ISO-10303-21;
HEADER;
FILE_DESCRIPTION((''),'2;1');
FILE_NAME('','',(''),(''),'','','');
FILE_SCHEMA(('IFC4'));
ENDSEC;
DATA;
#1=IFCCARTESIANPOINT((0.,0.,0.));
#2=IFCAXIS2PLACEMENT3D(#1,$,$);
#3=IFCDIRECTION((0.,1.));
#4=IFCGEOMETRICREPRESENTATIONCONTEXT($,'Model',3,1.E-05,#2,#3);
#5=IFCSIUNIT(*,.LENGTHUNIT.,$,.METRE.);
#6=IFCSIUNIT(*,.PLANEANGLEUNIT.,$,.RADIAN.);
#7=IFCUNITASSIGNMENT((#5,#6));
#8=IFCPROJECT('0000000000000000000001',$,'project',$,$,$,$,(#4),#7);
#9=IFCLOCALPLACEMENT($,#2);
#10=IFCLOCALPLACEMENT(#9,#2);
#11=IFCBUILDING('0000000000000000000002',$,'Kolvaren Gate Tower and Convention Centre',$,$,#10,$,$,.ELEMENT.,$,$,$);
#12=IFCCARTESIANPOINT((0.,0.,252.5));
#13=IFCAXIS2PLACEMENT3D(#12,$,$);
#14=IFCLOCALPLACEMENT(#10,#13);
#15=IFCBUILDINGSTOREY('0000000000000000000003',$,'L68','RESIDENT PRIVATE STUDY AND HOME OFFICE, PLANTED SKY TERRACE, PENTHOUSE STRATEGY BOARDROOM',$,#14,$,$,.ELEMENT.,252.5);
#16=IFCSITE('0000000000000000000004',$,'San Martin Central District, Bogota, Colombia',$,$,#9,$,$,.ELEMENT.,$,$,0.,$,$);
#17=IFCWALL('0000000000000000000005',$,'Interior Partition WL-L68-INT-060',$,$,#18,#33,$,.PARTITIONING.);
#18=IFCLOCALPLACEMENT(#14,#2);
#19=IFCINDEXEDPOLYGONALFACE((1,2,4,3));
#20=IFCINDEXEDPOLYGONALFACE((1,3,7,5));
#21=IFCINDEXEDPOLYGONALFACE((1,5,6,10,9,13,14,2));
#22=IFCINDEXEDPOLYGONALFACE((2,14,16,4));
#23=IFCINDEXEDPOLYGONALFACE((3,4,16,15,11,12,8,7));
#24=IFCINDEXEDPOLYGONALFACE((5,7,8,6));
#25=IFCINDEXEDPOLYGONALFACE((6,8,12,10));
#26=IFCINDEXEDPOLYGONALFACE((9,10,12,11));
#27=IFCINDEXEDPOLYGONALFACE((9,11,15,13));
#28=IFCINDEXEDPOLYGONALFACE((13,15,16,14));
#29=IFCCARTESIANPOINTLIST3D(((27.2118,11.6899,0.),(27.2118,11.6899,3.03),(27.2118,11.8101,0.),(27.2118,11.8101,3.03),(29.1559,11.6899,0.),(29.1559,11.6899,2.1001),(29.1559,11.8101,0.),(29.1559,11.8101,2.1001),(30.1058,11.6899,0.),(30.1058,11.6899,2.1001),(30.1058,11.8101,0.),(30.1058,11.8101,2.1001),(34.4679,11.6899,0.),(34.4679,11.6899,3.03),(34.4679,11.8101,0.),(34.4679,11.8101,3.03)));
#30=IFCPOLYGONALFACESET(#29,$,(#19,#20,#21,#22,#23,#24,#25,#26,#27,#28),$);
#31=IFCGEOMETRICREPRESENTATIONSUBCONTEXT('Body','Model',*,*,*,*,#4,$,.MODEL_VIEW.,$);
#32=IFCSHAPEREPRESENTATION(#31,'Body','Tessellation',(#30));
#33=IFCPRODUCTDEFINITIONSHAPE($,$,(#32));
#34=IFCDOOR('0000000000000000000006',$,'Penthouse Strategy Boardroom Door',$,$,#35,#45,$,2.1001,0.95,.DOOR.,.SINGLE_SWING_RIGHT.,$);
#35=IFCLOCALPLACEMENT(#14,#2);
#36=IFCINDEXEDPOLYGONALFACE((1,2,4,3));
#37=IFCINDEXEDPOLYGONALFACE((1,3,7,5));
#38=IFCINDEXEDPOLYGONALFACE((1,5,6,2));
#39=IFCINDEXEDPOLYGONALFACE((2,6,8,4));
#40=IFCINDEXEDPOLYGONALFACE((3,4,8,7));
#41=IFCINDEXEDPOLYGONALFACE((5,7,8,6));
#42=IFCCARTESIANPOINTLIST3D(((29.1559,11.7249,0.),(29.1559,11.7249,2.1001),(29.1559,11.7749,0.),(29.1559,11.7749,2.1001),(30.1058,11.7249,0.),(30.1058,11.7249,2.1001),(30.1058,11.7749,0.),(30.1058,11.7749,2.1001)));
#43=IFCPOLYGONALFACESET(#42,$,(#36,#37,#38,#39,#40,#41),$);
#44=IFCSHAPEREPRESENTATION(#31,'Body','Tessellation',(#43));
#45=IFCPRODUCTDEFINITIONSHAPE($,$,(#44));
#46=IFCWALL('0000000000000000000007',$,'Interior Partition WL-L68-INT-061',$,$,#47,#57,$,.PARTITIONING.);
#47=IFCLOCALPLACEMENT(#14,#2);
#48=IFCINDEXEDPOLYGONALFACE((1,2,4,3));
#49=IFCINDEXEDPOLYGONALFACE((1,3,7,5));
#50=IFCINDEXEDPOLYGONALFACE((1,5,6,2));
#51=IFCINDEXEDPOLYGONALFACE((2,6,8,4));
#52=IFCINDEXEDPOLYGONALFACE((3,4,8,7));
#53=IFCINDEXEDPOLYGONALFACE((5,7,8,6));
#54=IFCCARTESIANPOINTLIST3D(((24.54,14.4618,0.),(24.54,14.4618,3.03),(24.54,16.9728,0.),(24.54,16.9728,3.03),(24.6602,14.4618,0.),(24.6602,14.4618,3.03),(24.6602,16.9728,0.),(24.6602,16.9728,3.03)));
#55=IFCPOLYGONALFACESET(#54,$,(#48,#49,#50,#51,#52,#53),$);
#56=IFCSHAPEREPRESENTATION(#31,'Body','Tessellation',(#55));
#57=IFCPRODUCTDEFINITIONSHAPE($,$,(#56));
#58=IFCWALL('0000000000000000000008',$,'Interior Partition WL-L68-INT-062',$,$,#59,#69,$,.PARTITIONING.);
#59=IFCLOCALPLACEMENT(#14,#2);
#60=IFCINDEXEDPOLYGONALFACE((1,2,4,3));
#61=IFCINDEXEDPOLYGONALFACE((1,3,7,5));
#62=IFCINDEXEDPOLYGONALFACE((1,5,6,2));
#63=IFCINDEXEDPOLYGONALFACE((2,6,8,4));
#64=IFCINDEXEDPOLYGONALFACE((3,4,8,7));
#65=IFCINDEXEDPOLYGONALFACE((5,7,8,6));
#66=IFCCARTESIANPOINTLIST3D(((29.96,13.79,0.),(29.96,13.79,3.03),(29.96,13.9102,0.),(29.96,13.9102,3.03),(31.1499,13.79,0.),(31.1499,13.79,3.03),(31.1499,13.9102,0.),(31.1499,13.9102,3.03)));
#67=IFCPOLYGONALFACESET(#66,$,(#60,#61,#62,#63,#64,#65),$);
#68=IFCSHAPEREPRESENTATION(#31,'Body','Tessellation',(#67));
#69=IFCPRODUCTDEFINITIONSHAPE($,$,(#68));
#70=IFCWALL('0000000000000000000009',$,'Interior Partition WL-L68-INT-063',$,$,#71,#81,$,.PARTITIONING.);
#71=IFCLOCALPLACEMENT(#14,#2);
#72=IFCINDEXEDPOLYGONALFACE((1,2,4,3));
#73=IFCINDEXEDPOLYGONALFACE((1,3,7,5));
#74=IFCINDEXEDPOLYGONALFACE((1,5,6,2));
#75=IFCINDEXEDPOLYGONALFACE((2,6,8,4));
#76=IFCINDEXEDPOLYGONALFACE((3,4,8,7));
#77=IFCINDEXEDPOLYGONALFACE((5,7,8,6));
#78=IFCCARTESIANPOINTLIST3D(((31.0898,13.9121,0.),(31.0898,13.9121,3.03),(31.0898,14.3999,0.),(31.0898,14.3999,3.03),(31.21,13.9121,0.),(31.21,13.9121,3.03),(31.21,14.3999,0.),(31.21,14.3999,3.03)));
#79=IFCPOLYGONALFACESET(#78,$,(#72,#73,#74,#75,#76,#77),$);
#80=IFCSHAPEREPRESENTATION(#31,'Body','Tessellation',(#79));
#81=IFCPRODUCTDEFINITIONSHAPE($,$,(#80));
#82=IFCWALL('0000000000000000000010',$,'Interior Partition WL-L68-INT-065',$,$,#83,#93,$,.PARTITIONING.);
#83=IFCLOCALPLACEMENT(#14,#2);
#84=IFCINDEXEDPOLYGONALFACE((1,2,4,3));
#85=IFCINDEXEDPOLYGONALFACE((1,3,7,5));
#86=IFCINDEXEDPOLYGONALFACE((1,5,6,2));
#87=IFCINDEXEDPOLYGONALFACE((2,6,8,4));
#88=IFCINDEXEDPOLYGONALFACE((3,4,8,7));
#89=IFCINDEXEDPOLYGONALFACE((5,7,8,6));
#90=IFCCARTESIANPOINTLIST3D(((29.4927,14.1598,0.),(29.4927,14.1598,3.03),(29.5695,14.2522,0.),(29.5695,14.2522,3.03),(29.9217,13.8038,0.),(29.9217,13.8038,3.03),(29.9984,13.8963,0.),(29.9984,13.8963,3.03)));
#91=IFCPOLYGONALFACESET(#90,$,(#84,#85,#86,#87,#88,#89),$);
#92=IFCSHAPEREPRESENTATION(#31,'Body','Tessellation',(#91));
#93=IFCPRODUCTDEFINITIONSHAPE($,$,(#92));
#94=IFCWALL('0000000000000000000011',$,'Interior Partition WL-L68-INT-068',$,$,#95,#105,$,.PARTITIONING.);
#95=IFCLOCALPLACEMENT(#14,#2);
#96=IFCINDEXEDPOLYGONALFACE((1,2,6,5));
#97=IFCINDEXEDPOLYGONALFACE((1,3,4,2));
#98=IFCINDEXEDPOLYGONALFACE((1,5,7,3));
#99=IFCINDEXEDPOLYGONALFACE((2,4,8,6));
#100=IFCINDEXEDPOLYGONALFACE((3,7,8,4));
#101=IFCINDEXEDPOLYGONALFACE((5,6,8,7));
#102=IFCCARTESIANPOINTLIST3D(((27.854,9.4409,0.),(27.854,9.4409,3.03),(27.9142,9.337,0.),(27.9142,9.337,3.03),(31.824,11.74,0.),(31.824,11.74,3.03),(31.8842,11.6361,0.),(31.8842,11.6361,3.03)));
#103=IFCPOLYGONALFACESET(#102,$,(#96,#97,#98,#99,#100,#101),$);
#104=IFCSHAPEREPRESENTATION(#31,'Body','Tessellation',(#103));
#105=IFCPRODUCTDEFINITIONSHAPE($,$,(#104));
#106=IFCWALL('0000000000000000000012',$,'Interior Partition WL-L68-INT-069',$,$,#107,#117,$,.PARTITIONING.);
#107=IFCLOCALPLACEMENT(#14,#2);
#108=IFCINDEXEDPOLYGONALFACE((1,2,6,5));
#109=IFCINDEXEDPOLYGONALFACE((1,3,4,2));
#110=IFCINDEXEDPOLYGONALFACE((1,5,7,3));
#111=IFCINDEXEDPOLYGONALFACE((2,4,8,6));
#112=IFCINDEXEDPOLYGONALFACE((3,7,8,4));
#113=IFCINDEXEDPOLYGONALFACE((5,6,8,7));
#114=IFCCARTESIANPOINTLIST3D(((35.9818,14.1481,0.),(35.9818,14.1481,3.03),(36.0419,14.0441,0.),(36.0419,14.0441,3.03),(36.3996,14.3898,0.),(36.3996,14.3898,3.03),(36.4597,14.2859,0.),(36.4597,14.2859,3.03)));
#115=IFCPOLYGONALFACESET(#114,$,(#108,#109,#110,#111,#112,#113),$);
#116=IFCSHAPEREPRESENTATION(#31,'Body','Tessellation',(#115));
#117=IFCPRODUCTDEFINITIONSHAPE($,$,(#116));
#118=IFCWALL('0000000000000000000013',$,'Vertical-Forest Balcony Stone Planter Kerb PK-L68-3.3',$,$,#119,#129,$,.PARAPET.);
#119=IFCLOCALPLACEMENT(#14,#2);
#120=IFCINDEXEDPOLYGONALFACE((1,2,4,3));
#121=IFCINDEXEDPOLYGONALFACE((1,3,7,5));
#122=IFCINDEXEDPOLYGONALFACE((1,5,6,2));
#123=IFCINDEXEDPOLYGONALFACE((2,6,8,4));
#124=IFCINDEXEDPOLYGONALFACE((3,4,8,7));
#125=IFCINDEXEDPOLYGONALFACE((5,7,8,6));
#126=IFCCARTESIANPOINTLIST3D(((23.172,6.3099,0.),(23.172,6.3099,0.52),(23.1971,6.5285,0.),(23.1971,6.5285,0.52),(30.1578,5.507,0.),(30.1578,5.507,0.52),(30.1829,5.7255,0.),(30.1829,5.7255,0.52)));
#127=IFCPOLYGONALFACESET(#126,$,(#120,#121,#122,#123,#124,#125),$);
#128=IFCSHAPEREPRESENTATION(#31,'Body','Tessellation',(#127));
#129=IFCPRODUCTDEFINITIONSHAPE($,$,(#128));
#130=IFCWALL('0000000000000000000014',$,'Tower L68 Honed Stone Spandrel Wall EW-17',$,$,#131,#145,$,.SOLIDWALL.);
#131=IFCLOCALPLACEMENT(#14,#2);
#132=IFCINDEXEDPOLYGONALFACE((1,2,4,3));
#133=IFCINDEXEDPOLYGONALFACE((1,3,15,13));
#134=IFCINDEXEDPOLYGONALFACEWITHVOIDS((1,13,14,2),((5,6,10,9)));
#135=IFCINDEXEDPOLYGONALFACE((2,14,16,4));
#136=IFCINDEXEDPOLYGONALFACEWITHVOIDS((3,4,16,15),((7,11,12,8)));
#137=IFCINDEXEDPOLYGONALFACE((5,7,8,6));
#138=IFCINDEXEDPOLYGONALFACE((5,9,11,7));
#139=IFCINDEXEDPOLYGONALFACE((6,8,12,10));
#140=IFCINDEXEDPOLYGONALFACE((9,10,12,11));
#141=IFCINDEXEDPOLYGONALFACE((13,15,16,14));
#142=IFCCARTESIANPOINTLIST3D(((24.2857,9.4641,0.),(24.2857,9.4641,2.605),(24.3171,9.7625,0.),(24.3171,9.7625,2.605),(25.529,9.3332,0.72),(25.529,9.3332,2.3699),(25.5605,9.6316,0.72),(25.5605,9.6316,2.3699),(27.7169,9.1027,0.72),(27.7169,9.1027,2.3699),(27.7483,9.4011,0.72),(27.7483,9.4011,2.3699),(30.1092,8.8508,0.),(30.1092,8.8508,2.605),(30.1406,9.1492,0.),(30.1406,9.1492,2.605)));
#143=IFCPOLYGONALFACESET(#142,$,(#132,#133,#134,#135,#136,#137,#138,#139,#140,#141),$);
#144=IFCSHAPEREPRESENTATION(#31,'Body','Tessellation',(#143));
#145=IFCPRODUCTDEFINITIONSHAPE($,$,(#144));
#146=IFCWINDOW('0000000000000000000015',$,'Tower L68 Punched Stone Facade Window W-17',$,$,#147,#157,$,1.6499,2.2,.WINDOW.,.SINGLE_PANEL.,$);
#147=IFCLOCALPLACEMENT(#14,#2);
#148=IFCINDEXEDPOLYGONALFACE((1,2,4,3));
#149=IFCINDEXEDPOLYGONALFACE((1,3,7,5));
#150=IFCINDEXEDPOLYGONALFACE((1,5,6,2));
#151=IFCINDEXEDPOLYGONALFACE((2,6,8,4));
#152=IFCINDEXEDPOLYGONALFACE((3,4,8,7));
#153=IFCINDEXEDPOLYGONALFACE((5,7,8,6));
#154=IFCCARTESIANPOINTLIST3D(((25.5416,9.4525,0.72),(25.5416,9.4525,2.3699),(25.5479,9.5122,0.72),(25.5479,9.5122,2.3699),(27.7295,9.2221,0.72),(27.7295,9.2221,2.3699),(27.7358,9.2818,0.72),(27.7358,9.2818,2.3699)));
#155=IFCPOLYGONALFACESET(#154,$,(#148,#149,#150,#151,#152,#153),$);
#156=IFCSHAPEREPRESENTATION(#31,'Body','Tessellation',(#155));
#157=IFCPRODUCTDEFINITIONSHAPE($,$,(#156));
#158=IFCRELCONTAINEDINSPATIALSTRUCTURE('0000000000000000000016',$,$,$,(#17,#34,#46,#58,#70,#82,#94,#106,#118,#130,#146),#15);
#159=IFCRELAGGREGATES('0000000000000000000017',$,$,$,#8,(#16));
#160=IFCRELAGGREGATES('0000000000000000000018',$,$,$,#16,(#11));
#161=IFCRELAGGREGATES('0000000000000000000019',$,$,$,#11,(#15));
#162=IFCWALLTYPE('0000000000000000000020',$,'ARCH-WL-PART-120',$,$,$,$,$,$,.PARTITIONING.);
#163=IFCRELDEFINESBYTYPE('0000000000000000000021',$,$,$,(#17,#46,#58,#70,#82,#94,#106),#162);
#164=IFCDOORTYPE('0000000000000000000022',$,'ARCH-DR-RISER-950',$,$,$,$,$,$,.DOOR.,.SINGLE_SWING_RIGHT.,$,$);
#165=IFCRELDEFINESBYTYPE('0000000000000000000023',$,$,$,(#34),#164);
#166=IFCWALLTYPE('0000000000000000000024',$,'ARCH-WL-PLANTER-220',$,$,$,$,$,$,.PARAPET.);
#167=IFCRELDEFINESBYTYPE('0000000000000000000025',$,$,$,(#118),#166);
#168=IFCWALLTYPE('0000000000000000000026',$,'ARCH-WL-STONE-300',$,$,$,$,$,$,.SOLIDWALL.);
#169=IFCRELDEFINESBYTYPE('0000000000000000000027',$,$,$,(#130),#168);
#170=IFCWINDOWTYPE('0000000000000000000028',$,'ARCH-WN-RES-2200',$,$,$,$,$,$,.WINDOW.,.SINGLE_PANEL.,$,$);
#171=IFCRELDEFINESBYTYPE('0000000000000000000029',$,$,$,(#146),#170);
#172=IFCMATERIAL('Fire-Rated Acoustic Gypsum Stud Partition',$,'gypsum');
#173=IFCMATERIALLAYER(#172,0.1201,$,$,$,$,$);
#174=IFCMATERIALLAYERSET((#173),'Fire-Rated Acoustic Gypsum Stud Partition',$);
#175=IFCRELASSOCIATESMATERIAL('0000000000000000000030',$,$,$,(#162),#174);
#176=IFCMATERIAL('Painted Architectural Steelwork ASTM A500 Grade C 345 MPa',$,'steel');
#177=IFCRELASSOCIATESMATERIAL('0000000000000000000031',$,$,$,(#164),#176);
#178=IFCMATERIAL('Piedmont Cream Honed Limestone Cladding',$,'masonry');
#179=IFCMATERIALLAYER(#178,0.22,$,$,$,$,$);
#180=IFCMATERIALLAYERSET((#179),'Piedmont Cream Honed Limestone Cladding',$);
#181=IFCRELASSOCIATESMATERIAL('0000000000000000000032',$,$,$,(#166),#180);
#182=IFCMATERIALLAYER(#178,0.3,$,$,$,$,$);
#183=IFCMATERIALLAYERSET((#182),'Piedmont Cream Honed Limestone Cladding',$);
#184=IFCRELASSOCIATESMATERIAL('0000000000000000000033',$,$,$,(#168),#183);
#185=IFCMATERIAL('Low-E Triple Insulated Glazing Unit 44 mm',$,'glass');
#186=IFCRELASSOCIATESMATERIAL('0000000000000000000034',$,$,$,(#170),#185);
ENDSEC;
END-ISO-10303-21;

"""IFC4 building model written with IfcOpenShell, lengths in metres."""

from ifc_helpers import new_model, si_unit, direction, frame, frame_2d, origin, place, context, subcontext, project, spatial, rectangle, extrude, material, layer, layer_set, type_object, element, fill, save


model = new_model("IFC4")

# Units and contexts
model_context = context("Model", 3, precision=1e-05, world=origin(), true_north=direction((0.0, 1.0)))
body_context = subcontext(model_context, "Body", "Model", "MODEL_VIEW")
ifc_project = project(units=[si_unit("LENGTHUNIT", "METRE"), si_unit("PLANEANGLEUNIT", "RADIAN")], contexts=[model_context])

# Site, building, storey
site_placement = place(None, origin())
site = spatial("IfcSite", under=ifc_project, at=site_placement, Name="San Martin Central District, Bogota, Colombia", CompositionType="ELEMENT", RefElevation=0.0)
building_placement = place(site_placement, origin())
building = spatial("IfcBuilding", under=site, at=building_placement, Name="Kolvaren Gate Tower and Convention Centre", CompositionType="ELEMENT")
storey_placement = place(building_placement, frame((0.0, 0.0, 252.5)))
storey = spatial("IfcBuildingStorey", under=building, at=storey_placement, Name="L68", Description="RESIDENT PRIVATE STUDY AND HOME OFFICE, PLANTED SKY TERRACE, PENTHOUSE STRATEGY BOARDROOM", CompositionType="ELEMENT", Elevation=252.5)

# Shared definitions
ifc_material_1 = material(Name="Fire-Rated Acoustic Gypsum Stud Partition", Category="gypsum")
ifc_layer_1 = layer(ifc_material_1, 0.1201)
ifc_layer_set_1 = layer_set([ifc_layer_1], Name="Fire-Rated Acoustic Gypsum Stud Partition")
wall_type_1 = type_object("IfcWallType", Name="ARCH-WL-PART-120", PredefinedType="PARTITIONING", material=ifc_layer_set_1)

# Wall, opening, door
wall_1_placement = place(storey_placement, frame((27.2119, 11.75, 0.0), z_axis=(0.0, 0.0, 1.0), x_axis=(1.0, 0.0, 0.0)))
wall_1 = element("IfcWall", 1, at=wall_1_placement, inside=storey, type_object=wall_type_1, Name="Interior Partition WL-L68-INT-060", PredefinedType="PARTITIONING", context=body_context, shape_type="SweptSolid", body=[
    extrude(rectangle(XDim=7.2561, YDim=0.1201, at=frame_2d((3.6279, 0.0))), origin(), (0.0, 0.0, 1.0), 3.03),
])
opening_1_placement = place(wall_1_placement, frame((1.9438, 0.0, 0.0)))
opening_1 = element("IfcOpeningElement", 2, at=opening_1_placement, cuts=wall_1, PredefinedType="OPENING", context=body_context, shape_type="SweptSolid", body=[
    extrude(rectangle(XDim=0.95, YDim=2.1001, at=frame_2d((0.4751, 1.05))), frame((0.0, 0.0701, 0.0), z_axis=(0.0, -1.0, 0.0), x_axis=(1.0, 0.0, 0.0)), (0.0, 0.0, 1.0), 0.1401),
])
ifc_material_2 = material(Name="Painted Architectural Steelwork ASTM A500 Grade C 345 MPa", Category="steel")
door_type = type_object("IfcDoorType", Name="ARCH-DR-RISER-950", OperationType="SINGLE_SWING_RIGHT", PredefinedType="DOOR", material=ifc_material_2)
door_placement = place(opening_1_placement, origin())
door = element("IfcDoor", 3, at=door_placement, inside=storey, type_object=door_type, Name="Penthouse Strategy Boardroom Door", OperationType="SINGLE_SWING_RIGHT", OverallHeight=2.1001, OverallWidth=0.95, PredefinedType="DOOR", context=body_context, shape_type="SweptSolid", body=[
    extrude(rectangle(XDim=0.95, YDim=2.1001, at=frame_2d((0.4751, 1.05))), frame((0.0, 0.0249, 0.0), z_axis=(0.0, -1.0, 0.0), x_axis=(1.0, 0.0, 0.0)), (0.0, 0.0, 1.0), 0.05),
])
fill(opening_1, door)

# Walls
wall_2_placement = place(storey_placement, frame((24.6001, 14.4619, 0.0), z_axis=(0.0, 0.0, 1.0), x_axis=(0.0, 1.0, 0.0)))
element("IfcWall", 4, at=wall_2_placement, inside=storey, type_object=wall_type_1, Name="Interior Partition WL-L68-INT-061", PredefinedType="PARTITIONING", context=body_context, shape_type="SweptSolid", body=[
    extrude(rectangle(XDim=2.511, YDim=0.1201, at=frame_2d((1.2554, 0.0))), origin(), (0.0, 0.0, 1.0), 3.03),
])
wall_3_placement = place(storey_placement, frame((29.96, 13.8501, 0.0), z_axis=(0.0, 0.0, 1.0), x_axis=(1.0, 0.0, 0.0)))
element("IfcWall", 5, at=wall_3_placement, inside=storey, type_object=wall_type_1, Name="Interior Partition WL-L68-INT-062", PredefinedType="PARTITIONING", context=body_context, shape_type="SweptSolid", body=[
    extrude(rectangle(XDim=1.1899, YDim=0.1201, at=frame_2d((0.595, 0.0))), origin(), (0.0, 0.0, 1.0), 3.03),
])
wall_4_placement = place(storey_placement, frame((31.1499, 13.9121, 0.0), z_axis=(0.0, 0.0, 1.0), x_axis=(0.0, 1.0, 0.0)))
element("IfcWall", 6, at=wall_4_placement, inside=storey, type_object=wall_type_1, Name="Interior Partition WL-L68-INT-063", PredefinedType="PARTITIONING", context=body_context, shape_type="SweptSolid", body=[
    extrude(rectangle(XDim=0.4878, YDim=0.1201, at=frame_2d((0.2439, 0.0))), origin(), (0.0, 0.0, 1.0), 3.03),
])
wall_5_placement = place(storey_placement, frame((29.531, 14.2061, 0.0), z_axis=(0.0, 0.0, 1.0), x_axis=(0.769548, -0.638589, 0.0)))
element("IfcWall", 7, at=wall_5_placement, inside=storey, type_object=wall_type_1, Name="Interior Partition WL-L68-INT-065", PredefinedType="PARTITIONING", context=body_context, shape_type="SweptSolid", body=[
    extrude(rectangle(XDim=0.5574, YDim=0.1201, at=frame_2d((0.2788, 0.0))), origin(), (0.0, 0.0, 1.0), 3.03),
])
wall_6_placement = place(storey_placement, frame((27.884, 9.3889, 0.0), z_axis=(0.0, 0.0, 1.0), x_axis=(0.865363, 0.501145, 0.0)))
element("IfcWall", 8, at=wall_6_placement, inside=storey, type_object=wall_type_1, Name="Interior Partition WL-L68-INT-068", PredefinedType="PARTITIONING", context=body_context, shape_type="SweptSolid", body=[
    extrude(rectangle(XDim=4.5876, YDim=0.1201, at=frame_2d((2.2939, 0.0))), origin(), (0.0, 0.0, 1.0), 3.03),
])
wall_7_placement = place(storey_placement, frame((36.012, 14.0962, 0.0), z_axis=(0.0, 0.0, 1.0), x_axis=(0.865553, 0.500817, 0.0)))
element("IfcWall", 9, at=wall_7_placement, inside=storey, type_object=wall_type_1, Name="Interior Partition WL-L68-INT-069", PredefinedType="PARTITIONING", context=body_context, shape_type="SweptSolid", body=[
    extrude(rectangle(XDim=0.4827, YDim=0.1201, at=frame_2d((0.2412, 0.0))), origin(), (0.0, 0.0, 1.0), 3.03),
])
ifc_material_3 = material(Name="Piedmont Cream Honed Limestone Cladding", Category="masonry")
ifc_layer_2 = layer(ifc_material_3, 0.22)
ifc_layer_set_2 = layer_set([ifc_layer_2], Name="Piedmont Cream Honed Limestone Cladding")
wall_type_2 = type_object("IfcWallType", Name="ARCH-WL-PLANTER-220", PredefinedType="PARAPET", material=ifc_layer_set_2)
wall_8_placement = place(storey_placement, frame((23.1846, 6.4192, 0.0), z_axis=(0.0, 0.0, 1.0), x_axis=(0.993459, -0.114192, 0.0)))
element("IfcWall", 10, at=wall_8_placement, inside=storey, type_object=wall_type_2, Name="Vertical-Forest Balcony Stone Planter Kerb PK-L68-3.3", PredefinedType="PARAPET", context=body_context, shape_type="SweptSolid", body=[
    extrude(rectangle(XDim=7.0317, YDim=0.22, at=frame_2d((3.5159, 0.0))), origin(), (0.0, 0.0, 1.0), 0.52),
])

# Wall, opening, window
ifc_layer_3 = layer(ifc_material_3, 0.3)
ifc_layer_set_3 = layer_set([ifc_layer_3], Name="Piedmont Cream Honed Limestone Cladding")
wall_type_3 = type_object("IfcWallType", Name="ARCH-WL-STONE-300", PredefinedType="SOLIDWALL", material=ifc_layer_set_3)
wall_9_placement = place(storey_placement, frame((24.3015, 9.6133, 0.0), z_axis=(0.0, 0.0, 1.0), x_axis=(0.9945, -0.104733, 0.0)))
wall_9 = element("IfcWall", 11, at=wall_9_placement, inside=storey, type_object=wall_type_3, Name="Tower L68 Honed Stone Spandrel Wall EW-17", PredefinedType="SOLIDWALL", context=body_context, shape_type="SweptSolid", body=[
    extrude(rectangle(XDim=5.8557, YDim=0.3, at=frame_2d((2.9277, 0.0))), origin(), (0.0, 0.0, 1.0), 2.605),
])
opening_2_placement = place(wall_9_placement, frame((1.25, 0.0, 0.72)))
opening_2 = element("IfcOpeningElement", 12, at=opening_2_placement, cuts=wall_9, PredefinedType="OPENING", context=body_context, shape_type="SweptSolid", body=[
    extrude(rectangle(XDim=2.2, YDim=1.6499, at=frame_2d((1.1001, 0.825))), frame((0.0, 0.1599, 0.0), z_axis=(0.0, -1.0, 0.0), x_axis=(1.0, 0.0, 0.0)), (0.0, 0.0, 1.0), 0.3201),
])
ifc_material_4 = material(Name="Low-E Triple Insulated Glazing Unit 44 mm", Category="glass")
window_type = type_object("IfcWindowType", Name="ARCH-WN-RES-2200", PartitioningType="SINGLE_PANEL", PredefinedType="WINDOW", material=ifc_material_4)
window_1_placement = place(opening_2_placement, origin())
window_1 = element("IfcWindow", 13, at=window_1_placement, inside=storey, type_object=window_type, Name="Tower L68 Punched Stone Facade Window W-17", OverallHeight=1.6499, OverallWidth=2.2, PartitioningType="SINGLE_PANEL", PredefinedType="WINDOW", context=body_context, shape_type="SweptSolid", body=[
    extrude(rectangle(XDim=2.2, YDim=1.6499, at=frame_2d((1.1001, 0.825))), frame((0.0, 0.03, 0.0), z_axis=(0.0, -1.0, 0.0), x_axis=(1.0, 0.0, 0.0)), (0.0, 0.0, 1.0), 0.0601),
])
fill(opening_2, window_1)

save(model, "model.ifc")
